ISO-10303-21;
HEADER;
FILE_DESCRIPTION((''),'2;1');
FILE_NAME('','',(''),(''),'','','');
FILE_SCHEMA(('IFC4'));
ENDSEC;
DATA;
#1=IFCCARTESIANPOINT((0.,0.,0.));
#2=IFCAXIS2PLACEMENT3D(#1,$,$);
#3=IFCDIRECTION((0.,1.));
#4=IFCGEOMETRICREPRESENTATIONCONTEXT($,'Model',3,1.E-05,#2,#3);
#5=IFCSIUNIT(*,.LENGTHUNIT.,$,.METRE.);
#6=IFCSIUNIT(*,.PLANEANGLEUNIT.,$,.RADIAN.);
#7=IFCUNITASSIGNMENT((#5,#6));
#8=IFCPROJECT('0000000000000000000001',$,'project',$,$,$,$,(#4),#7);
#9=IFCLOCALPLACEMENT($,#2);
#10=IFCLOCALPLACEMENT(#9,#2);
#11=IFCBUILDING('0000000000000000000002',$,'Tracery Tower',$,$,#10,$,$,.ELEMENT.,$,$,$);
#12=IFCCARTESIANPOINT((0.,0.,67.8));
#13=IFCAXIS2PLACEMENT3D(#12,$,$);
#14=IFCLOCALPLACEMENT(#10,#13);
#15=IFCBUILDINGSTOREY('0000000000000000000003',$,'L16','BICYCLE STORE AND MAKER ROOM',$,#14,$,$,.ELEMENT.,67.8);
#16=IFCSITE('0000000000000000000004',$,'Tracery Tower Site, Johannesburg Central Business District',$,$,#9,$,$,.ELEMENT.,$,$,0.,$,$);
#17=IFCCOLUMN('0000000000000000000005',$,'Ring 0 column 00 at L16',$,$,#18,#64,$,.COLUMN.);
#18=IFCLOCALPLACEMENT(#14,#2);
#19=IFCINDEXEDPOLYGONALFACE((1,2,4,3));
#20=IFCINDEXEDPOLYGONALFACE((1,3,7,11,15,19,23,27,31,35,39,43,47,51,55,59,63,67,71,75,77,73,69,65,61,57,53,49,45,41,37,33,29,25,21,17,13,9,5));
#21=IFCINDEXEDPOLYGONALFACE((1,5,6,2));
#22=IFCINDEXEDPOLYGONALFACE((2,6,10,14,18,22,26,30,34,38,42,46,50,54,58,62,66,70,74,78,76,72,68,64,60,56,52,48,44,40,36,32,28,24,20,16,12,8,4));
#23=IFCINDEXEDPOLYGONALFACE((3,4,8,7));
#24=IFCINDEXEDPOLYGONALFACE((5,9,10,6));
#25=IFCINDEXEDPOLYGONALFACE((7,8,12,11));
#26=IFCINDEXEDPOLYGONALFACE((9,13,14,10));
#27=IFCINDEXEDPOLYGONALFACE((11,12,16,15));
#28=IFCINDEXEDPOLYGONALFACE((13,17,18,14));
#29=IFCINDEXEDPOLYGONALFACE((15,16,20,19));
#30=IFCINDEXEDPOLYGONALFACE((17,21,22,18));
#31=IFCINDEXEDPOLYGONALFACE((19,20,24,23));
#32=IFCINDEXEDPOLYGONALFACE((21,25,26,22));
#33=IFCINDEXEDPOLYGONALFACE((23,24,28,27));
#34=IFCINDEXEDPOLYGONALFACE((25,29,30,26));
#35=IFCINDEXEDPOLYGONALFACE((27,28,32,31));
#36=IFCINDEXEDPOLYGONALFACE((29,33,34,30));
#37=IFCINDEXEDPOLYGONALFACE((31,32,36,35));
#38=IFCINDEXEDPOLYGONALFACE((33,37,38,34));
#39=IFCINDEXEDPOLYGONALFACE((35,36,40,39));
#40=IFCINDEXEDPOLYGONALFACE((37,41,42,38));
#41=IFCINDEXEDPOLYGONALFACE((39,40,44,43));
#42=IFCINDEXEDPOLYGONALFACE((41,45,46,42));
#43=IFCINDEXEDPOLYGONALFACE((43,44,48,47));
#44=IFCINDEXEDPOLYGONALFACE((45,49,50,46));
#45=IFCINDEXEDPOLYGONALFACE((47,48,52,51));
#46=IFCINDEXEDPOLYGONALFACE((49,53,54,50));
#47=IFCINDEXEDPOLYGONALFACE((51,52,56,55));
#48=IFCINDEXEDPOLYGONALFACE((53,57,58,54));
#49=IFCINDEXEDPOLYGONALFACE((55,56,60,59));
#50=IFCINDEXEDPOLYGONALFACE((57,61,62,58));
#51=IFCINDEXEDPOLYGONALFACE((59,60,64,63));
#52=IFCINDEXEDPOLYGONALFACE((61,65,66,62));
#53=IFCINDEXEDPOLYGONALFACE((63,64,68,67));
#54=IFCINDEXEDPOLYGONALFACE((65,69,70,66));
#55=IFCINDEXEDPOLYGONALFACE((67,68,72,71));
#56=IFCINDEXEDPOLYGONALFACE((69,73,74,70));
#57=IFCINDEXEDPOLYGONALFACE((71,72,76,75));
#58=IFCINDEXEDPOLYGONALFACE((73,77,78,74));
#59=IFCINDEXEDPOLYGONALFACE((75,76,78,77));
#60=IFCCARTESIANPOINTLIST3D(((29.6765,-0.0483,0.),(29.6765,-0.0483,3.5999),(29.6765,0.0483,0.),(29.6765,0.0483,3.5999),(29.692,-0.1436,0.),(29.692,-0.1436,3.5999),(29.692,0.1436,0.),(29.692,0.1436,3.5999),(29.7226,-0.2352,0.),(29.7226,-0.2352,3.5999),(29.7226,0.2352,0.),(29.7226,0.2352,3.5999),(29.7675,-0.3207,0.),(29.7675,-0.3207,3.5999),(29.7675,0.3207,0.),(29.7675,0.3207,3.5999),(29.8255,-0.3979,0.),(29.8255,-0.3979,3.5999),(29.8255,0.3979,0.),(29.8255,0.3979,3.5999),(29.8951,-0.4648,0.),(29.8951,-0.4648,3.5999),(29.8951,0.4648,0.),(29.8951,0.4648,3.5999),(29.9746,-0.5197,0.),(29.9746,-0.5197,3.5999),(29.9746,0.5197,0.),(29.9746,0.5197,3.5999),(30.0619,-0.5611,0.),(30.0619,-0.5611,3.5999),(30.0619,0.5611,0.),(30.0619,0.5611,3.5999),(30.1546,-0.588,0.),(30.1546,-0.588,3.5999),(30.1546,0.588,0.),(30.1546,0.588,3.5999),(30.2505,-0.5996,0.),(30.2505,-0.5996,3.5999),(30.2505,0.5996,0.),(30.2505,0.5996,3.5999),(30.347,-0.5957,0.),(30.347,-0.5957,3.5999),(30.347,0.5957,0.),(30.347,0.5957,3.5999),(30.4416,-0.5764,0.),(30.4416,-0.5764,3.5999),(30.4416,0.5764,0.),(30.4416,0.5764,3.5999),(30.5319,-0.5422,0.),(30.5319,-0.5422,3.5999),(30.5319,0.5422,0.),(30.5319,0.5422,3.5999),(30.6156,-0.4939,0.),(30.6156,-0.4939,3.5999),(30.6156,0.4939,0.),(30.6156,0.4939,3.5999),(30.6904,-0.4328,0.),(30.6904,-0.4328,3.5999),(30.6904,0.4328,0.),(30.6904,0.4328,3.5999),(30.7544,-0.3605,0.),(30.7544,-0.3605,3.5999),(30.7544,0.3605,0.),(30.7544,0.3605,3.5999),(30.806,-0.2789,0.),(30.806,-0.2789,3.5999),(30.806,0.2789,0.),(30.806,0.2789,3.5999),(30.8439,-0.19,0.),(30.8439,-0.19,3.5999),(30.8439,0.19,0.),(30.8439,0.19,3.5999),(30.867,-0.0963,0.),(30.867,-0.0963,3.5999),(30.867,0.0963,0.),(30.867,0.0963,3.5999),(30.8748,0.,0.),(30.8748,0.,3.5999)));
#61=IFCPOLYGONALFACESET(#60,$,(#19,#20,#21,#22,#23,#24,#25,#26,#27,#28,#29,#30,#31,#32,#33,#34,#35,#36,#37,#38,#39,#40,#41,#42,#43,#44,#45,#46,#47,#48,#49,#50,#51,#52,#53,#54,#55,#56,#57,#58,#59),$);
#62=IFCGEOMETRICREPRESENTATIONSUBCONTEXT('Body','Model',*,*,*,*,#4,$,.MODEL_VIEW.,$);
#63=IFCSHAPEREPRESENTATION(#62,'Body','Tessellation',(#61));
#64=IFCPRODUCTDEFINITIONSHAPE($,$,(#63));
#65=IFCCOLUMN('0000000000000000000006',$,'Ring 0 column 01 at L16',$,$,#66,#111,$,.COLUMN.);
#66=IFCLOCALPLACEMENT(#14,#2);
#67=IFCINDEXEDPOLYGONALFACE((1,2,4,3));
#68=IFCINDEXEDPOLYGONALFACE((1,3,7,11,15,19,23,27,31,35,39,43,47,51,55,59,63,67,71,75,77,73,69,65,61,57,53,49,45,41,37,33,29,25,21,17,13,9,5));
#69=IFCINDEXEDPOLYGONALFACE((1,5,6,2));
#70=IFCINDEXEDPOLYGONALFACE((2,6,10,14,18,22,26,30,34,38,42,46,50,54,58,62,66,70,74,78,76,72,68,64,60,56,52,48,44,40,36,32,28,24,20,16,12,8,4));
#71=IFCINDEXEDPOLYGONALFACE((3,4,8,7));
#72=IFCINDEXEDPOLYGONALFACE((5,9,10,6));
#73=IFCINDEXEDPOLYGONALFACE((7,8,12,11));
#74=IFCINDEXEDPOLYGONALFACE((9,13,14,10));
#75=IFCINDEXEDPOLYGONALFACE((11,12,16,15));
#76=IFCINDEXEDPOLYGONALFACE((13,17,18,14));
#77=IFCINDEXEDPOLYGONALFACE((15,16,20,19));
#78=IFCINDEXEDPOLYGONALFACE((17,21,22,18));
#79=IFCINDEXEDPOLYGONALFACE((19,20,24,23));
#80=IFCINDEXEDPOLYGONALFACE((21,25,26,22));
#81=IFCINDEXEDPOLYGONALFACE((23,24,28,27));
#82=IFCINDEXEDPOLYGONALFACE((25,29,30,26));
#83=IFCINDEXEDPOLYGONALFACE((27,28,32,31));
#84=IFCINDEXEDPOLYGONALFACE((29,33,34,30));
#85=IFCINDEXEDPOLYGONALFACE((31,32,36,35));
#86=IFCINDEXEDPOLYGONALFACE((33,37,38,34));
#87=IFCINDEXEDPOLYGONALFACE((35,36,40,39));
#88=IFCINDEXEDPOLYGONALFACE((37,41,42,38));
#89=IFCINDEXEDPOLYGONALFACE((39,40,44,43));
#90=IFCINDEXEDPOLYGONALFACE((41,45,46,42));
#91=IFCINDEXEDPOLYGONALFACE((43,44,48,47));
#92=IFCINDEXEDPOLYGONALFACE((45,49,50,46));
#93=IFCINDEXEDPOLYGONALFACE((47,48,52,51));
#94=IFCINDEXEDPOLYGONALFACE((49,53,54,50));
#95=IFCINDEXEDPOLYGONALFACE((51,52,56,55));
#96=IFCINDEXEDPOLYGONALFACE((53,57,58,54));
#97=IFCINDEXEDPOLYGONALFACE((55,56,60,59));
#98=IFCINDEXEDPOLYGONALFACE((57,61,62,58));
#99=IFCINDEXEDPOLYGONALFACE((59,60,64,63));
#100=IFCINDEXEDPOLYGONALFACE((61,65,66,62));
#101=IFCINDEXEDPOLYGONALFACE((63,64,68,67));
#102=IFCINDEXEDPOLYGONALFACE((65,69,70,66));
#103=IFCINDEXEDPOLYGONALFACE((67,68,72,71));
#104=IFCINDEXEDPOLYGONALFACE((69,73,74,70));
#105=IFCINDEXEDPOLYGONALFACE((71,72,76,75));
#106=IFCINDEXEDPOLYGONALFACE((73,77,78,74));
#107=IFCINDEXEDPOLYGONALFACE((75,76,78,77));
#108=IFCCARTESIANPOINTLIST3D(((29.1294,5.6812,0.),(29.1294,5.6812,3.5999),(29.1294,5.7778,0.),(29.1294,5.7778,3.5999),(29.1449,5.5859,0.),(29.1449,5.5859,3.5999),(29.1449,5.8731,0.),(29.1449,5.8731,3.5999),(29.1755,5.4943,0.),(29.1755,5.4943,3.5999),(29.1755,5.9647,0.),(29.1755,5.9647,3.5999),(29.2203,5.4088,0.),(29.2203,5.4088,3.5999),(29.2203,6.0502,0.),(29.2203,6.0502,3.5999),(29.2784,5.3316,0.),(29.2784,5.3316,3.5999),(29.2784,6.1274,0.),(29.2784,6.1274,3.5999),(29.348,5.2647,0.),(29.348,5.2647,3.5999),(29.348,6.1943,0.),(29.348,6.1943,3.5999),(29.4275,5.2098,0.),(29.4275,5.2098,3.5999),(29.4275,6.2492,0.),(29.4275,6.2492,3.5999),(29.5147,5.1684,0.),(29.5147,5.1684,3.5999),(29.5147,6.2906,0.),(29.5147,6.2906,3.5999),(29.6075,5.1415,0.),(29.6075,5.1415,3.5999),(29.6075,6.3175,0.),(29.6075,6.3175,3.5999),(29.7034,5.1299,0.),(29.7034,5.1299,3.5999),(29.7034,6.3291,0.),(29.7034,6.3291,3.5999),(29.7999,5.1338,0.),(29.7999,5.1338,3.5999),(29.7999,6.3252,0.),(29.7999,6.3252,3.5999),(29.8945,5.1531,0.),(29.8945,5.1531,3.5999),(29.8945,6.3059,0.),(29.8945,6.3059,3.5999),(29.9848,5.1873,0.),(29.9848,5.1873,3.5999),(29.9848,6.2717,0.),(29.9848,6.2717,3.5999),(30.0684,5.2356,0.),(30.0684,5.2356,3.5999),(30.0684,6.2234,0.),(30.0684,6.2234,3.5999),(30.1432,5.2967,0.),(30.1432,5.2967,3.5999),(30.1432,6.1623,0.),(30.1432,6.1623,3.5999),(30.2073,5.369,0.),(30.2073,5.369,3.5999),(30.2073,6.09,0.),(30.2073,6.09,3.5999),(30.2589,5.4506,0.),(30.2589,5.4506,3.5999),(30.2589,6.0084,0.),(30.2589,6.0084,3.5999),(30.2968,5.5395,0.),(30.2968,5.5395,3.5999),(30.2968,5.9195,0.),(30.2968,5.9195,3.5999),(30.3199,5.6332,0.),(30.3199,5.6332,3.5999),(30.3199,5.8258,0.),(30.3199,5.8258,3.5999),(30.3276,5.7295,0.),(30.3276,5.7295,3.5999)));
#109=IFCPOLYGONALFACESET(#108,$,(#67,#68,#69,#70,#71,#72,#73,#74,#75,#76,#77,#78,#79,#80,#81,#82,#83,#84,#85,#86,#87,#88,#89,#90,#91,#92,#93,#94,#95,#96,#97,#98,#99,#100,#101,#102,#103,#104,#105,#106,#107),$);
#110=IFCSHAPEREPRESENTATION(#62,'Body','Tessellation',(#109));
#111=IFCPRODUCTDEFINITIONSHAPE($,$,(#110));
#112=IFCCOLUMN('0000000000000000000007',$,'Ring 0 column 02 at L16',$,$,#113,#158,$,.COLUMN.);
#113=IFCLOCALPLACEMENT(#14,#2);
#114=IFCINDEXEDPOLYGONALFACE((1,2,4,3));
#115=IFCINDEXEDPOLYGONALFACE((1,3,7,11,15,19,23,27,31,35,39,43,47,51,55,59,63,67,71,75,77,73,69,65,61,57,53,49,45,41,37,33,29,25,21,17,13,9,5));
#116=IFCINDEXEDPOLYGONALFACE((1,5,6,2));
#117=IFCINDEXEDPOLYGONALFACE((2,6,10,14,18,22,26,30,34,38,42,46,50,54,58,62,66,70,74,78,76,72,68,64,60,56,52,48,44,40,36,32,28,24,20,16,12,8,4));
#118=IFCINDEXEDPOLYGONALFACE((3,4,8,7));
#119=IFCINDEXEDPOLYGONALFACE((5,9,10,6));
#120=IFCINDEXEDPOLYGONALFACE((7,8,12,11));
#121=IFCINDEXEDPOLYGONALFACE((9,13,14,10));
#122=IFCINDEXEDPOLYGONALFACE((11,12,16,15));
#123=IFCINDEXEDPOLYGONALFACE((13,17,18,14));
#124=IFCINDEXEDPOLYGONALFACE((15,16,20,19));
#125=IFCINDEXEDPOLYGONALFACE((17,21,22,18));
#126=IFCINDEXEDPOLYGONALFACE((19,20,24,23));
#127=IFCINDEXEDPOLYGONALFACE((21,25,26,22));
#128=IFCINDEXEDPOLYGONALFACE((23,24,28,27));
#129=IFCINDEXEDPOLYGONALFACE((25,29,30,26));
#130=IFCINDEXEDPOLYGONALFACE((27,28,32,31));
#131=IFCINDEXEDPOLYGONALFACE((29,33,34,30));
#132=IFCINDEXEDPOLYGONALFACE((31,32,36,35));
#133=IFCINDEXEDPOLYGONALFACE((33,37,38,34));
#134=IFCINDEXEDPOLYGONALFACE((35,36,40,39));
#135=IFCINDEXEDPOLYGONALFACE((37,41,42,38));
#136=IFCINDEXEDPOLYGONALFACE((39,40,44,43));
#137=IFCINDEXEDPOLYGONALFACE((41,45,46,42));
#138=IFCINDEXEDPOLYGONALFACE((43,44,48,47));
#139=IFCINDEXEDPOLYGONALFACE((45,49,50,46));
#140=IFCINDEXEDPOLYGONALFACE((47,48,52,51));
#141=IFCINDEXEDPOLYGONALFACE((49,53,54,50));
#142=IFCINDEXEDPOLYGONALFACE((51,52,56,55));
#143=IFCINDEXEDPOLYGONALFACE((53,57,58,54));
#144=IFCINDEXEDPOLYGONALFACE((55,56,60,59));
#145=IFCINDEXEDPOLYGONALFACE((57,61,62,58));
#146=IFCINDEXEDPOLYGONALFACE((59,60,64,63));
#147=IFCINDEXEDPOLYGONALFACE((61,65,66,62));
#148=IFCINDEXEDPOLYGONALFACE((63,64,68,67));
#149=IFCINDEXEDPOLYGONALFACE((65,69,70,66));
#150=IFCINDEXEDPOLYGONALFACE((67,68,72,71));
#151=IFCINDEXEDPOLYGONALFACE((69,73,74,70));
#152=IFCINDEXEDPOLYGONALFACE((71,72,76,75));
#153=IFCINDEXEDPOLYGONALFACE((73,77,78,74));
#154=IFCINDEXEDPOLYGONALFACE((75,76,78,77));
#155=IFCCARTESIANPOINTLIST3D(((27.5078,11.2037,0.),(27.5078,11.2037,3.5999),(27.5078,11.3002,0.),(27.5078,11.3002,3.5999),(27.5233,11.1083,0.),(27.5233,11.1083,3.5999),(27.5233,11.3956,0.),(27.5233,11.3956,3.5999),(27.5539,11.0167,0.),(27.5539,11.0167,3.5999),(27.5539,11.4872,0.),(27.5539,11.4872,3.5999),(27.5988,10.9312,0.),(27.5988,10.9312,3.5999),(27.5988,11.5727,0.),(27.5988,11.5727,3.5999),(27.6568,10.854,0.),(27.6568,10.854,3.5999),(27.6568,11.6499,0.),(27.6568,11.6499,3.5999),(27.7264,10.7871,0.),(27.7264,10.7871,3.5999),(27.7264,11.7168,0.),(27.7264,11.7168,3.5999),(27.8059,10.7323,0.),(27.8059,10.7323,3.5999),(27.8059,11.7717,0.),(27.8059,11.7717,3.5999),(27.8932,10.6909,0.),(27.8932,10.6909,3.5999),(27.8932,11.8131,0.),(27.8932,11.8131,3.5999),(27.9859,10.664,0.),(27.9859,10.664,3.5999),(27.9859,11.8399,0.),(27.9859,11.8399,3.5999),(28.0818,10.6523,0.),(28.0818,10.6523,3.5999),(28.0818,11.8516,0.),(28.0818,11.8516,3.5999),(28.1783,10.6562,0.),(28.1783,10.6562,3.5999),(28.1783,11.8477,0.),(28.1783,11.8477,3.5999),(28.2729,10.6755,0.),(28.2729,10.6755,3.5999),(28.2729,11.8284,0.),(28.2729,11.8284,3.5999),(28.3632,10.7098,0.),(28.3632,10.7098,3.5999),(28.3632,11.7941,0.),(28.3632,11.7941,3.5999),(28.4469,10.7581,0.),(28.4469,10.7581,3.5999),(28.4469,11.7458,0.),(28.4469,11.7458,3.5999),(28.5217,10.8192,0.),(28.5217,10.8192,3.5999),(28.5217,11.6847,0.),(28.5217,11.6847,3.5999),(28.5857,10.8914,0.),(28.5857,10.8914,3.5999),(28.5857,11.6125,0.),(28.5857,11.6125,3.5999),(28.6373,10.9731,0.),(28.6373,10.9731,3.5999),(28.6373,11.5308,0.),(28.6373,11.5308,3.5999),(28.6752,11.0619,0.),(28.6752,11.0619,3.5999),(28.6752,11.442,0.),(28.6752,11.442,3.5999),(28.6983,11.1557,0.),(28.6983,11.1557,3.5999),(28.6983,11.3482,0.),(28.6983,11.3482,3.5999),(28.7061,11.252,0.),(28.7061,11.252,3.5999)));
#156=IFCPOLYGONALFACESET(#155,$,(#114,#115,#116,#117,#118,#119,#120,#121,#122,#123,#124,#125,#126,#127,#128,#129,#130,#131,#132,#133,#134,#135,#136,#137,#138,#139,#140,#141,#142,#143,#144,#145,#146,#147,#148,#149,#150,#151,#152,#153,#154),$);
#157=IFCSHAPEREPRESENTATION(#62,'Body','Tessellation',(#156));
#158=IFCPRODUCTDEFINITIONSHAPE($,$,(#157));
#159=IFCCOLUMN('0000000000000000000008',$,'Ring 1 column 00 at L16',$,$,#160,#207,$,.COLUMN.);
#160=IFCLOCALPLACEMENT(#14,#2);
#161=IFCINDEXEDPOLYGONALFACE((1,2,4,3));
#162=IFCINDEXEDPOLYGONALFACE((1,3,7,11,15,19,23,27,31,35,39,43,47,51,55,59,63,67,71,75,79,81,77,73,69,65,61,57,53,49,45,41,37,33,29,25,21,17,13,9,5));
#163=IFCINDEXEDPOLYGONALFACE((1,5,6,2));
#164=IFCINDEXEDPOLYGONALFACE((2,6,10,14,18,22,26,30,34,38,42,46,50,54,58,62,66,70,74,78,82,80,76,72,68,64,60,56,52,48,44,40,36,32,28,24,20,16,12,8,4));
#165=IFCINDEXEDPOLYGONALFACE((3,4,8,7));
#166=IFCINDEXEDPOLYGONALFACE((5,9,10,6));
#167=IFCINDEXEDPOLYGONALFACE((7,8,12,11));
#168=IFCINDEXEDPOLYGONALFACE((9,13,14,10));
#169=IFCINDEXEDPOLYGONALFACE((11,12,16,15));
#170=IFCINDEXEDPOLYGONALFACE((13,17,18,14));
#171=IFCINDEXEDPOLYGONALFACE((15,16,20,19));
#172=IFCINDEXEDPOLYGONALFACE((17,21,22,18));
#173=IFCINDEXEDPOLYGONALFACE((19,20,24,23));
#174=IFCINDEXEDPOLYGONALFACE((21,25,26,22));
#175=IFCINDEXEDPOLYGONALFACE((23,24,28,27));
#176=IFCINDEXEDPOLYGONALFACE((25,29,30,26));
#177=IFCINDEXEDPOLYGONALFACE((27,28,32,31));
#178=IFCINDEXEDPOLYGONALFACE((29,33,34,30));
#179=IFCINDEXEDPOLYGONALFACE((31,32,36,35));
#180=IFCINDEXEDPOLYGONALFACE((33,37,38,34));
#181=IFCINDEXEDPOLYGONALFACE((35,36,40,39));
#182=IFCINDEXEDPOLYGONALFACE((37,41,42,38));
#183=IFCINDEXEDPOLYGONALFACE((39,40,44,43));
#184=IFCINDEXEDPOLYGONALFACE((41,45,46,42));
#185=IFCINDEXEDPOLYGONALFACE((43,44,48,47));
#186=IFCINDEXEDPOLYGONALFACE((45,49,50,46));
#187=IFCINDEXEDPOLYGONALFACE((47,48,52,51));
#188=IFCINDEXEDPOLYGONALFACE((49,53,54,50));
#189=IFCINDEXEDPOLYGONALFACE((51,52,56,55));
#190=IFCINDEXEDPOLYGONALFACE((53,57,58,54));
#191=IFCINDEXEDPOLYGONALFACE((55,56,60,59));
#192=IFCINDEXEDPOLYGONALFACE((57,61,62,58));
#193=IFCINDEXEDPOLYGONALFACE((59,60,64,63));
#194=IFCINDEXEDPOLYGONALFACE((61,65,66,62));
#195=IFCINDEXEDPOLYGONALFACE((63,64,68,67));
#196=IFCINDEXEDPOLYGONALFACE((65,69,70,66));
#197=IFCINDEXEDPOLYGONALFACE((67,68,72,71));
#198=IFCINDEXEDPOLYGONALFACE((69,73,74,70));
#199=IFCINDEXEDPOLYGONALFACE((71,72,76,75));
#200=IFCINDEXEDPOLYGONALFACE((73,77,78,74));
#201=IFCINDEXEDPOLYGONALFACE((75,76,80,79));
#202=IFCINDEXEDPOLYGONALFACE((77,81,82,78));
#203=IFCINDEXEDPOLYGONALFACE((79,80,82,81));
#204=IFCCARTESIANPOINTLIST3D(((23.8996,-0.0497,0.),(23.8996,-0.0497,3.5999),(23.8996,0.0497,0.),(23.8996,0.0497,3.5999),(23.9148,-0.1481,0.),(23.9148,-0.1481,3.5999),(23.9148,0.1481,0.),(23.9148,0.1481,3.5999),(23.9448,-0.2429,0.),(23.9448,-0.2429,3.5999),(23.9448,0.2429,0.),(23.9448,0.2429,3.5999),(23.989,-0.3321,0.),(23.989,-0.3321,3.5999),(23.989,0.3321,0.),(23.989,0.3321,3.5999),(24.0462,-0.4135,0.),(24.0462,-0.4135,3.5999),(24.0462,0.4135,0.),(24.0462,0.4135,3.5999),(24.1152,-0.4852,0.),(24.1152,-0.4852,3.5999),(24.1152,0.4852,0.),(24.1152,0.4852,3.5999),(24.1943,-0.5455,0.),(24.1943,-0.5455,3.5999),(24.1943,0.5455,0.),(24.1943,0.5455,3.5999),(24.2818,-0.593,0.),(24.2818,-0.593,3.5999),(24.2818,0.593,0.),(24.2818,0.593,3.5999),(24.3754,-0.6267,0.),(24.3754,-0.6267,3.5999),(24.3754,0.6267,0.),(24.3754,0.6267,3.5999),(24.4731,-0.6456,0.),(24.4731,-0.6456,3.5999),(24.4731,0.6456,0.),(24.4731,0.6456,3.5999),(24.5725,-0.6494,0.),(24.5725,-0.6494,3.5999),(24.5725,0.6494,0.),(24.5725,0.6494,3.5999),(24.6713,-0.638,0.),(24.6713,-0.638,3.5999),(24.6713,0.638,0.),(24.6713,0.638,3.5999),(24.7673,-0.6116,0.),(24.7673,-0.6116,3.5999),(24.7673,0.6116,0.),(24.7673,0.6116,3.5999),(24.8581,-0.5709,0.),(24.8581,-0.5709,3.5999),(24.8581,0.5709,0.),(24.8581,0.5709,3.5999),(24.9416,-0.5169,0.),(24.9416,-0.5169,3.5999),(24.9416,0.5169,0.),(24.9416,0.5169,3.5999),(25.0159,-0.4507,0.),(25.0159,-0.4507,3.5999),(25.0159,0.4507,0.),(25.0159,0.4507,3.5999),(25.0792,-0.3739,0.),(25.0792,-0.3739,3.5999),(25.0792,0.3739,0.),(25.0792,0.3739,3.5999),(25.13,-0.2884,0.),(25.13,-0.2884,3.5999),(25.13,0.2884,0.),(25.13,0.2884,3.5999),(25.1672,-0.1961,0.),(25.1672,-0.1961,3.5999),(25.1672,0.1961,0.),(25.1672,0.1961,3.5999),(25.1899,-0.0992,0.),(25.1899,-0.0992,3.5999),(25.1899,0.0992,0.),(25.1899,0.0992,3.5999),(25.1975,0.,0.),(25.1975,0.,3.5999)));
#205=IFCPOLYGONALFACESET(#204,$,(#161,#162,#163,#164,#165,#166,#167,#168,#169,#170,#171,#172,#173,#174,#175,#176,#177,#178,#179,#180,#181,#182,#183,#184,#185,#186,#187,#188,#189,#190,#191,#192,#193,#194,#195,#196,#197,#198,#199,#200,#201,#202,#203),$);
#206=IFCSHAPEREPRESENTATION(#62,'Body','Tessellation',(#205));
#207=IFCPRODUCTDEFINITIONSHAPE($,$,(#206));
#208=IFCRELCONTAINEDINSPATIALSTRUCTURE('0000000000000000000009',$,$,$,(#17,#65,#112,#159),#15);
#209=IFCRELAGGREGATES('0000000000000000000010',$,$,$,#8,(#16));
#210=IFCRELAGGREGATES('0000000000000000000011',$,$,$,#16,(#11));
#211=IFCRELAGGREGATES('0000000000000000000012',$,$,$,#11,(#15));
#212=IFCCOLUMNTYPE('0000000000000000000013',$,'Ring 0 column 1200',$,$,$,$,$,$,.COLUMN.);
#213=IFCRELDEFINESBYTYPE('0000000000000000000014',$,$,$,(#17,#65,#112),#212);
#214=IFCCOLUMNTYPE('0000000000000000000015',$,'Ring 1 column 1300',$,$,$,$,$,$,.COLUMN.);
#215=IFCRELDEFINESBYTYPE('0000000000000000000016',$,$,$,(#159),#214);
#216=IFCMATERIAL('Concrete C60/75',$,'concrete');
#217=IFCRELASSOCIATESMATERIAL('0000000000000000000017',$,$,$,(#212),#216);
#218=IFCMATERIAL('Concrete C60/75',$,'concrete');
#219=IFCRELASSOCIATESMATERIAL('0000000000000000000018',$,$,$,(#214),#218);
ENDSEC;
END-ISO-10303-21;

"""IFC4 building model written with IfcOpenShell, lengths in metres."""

from ifc_helpers import new_model, si_unit, direction, frame, origin, origin_2d, place, context, subcontext, project, spatial, circle, extrude, material, material_profile, profile_set, type_object, element, save


model = new_model("IFC4")

# Units and contexts
model_context = context("Model", 3, precision=1e-05, world=origin(), true_north=direction((0.0, 1.0)))
body_context = subcontext(model_context, "Body", "Model", "MODEL_VIEW")
ifc_project = project(units=[si_unit("LENGTHUNIT", "METRE"), si_unit("PLANEANGLEUNIT", "RADIAN")], contexts=[model_context])

# Site, building, storey
site_placement = place(None, origin())
site = spatial("IfcSite", under=ifc_project, at=site_placement, Name="Tracery Tower Site, Johannesburg Central Business District", CompositionType="ELEMENT", RefElevation=0.0)
building_placement = place(site_placement, origin())
building = spatial("IfcBuilding", under=site, at=building_placement, Name="Tracery Tower", CompositionType="ELEMENT")
storey_placement = place(building_placement, frame((0.0, 0.0, 67.8)))
storey = spatial("IfcBuildingStorey", under=building, at=storey_placement, Name="L16", Description="BICYCLE STORE AND MAKER ROOM", CompositionType="ELEMENT", Elevation=67.8)

# Columns
ifc_material_1 = material(Name="Concrete C60/75", Category="concrete")
ifc_material_profile_1 = material_profile(ifc_material_1, circle(Radius=0.6001, at=origin_2d()), Name="RC D1200")
ifc_profile_set_1 = profile_set([ifc_material_profile_1], Name="Concrete C60/75")
column_type_1 = type_object("IfcColumnType", Name="Ring 0 column 1200", PredefinedType="COLUMN", material=ifc_profile_set_1)
for number, where, z_axis, x_axis, name in (
    (1, (30.2747, 0.0, 0.0), (0.0, 0.0, 1.0), (1.0, 0.0, 0.0), "Ring 0 column 00 at L16"),
    (2, (29.7275, 5.7295, 0.0), (0.0, 0.0, 1.0), (1.0, 0.0, 0.0), "Ring 0 column 01 at L16"),
    (3, (28.106, 11.252, 0.0), (0.0, 0.0, 1.0), (1.0, 0.0, 0.0), "Ring 0 column 02 at L16"),
):
    element("IfcColumn", number, at=place(storey_placement, frame(where, z_axis=z_axis, x_axis=x_axis)), inside=storey, type_object=column_type_1, Name=name, PredefinedType="COLUMN", context=body_context, shape_type="SweptSolid", body=[
        extrude(circle(Radius=0.6001, at=origin_2d()), origin(), (0.0, 0.0, 1.0), 3.5999),
    ])
ifc_material_2 = material(Name="Concrete C60/75", Category="concrete")
ifc_material_profile_2 = material_profile(ifc_material_2, circle(Radius=0.6499, at=origin_2d()), Name="RC D1300")
ifc_profile_set_2 = profile_set([ifc_material_profile_2], Name="Concrete C60/75")
column_type_2 = type_object("IfcColumnType", Name="Ring 1 column 1300", PredefinedType="COLUMN", material=ifc_profile_set_2)
for number, where, z_axis, x_axis, name in (
    (4, (24.5476, 0.0, 0.0), (0.0, 0.0, 1.0), (1.0, 0.0, 0.0), "Ring 1 column 00 at L16"),
):
    element("IfcColumn", number, at=place(storey_placement, frame(where, z_axis=z_axis, x_axis=x_axis)), inside=storey, type_object=column_type_2, Name=name, PredefinedType="COLUMN", context=body_context, shape_type="SweptSolid", body=[
        extrude(circle(Radius=0.6499, at=origin_2d()), origin(), (0.0, 0.0, 1.0), 3.5999),
    ])

save(model, "model.ifc")
